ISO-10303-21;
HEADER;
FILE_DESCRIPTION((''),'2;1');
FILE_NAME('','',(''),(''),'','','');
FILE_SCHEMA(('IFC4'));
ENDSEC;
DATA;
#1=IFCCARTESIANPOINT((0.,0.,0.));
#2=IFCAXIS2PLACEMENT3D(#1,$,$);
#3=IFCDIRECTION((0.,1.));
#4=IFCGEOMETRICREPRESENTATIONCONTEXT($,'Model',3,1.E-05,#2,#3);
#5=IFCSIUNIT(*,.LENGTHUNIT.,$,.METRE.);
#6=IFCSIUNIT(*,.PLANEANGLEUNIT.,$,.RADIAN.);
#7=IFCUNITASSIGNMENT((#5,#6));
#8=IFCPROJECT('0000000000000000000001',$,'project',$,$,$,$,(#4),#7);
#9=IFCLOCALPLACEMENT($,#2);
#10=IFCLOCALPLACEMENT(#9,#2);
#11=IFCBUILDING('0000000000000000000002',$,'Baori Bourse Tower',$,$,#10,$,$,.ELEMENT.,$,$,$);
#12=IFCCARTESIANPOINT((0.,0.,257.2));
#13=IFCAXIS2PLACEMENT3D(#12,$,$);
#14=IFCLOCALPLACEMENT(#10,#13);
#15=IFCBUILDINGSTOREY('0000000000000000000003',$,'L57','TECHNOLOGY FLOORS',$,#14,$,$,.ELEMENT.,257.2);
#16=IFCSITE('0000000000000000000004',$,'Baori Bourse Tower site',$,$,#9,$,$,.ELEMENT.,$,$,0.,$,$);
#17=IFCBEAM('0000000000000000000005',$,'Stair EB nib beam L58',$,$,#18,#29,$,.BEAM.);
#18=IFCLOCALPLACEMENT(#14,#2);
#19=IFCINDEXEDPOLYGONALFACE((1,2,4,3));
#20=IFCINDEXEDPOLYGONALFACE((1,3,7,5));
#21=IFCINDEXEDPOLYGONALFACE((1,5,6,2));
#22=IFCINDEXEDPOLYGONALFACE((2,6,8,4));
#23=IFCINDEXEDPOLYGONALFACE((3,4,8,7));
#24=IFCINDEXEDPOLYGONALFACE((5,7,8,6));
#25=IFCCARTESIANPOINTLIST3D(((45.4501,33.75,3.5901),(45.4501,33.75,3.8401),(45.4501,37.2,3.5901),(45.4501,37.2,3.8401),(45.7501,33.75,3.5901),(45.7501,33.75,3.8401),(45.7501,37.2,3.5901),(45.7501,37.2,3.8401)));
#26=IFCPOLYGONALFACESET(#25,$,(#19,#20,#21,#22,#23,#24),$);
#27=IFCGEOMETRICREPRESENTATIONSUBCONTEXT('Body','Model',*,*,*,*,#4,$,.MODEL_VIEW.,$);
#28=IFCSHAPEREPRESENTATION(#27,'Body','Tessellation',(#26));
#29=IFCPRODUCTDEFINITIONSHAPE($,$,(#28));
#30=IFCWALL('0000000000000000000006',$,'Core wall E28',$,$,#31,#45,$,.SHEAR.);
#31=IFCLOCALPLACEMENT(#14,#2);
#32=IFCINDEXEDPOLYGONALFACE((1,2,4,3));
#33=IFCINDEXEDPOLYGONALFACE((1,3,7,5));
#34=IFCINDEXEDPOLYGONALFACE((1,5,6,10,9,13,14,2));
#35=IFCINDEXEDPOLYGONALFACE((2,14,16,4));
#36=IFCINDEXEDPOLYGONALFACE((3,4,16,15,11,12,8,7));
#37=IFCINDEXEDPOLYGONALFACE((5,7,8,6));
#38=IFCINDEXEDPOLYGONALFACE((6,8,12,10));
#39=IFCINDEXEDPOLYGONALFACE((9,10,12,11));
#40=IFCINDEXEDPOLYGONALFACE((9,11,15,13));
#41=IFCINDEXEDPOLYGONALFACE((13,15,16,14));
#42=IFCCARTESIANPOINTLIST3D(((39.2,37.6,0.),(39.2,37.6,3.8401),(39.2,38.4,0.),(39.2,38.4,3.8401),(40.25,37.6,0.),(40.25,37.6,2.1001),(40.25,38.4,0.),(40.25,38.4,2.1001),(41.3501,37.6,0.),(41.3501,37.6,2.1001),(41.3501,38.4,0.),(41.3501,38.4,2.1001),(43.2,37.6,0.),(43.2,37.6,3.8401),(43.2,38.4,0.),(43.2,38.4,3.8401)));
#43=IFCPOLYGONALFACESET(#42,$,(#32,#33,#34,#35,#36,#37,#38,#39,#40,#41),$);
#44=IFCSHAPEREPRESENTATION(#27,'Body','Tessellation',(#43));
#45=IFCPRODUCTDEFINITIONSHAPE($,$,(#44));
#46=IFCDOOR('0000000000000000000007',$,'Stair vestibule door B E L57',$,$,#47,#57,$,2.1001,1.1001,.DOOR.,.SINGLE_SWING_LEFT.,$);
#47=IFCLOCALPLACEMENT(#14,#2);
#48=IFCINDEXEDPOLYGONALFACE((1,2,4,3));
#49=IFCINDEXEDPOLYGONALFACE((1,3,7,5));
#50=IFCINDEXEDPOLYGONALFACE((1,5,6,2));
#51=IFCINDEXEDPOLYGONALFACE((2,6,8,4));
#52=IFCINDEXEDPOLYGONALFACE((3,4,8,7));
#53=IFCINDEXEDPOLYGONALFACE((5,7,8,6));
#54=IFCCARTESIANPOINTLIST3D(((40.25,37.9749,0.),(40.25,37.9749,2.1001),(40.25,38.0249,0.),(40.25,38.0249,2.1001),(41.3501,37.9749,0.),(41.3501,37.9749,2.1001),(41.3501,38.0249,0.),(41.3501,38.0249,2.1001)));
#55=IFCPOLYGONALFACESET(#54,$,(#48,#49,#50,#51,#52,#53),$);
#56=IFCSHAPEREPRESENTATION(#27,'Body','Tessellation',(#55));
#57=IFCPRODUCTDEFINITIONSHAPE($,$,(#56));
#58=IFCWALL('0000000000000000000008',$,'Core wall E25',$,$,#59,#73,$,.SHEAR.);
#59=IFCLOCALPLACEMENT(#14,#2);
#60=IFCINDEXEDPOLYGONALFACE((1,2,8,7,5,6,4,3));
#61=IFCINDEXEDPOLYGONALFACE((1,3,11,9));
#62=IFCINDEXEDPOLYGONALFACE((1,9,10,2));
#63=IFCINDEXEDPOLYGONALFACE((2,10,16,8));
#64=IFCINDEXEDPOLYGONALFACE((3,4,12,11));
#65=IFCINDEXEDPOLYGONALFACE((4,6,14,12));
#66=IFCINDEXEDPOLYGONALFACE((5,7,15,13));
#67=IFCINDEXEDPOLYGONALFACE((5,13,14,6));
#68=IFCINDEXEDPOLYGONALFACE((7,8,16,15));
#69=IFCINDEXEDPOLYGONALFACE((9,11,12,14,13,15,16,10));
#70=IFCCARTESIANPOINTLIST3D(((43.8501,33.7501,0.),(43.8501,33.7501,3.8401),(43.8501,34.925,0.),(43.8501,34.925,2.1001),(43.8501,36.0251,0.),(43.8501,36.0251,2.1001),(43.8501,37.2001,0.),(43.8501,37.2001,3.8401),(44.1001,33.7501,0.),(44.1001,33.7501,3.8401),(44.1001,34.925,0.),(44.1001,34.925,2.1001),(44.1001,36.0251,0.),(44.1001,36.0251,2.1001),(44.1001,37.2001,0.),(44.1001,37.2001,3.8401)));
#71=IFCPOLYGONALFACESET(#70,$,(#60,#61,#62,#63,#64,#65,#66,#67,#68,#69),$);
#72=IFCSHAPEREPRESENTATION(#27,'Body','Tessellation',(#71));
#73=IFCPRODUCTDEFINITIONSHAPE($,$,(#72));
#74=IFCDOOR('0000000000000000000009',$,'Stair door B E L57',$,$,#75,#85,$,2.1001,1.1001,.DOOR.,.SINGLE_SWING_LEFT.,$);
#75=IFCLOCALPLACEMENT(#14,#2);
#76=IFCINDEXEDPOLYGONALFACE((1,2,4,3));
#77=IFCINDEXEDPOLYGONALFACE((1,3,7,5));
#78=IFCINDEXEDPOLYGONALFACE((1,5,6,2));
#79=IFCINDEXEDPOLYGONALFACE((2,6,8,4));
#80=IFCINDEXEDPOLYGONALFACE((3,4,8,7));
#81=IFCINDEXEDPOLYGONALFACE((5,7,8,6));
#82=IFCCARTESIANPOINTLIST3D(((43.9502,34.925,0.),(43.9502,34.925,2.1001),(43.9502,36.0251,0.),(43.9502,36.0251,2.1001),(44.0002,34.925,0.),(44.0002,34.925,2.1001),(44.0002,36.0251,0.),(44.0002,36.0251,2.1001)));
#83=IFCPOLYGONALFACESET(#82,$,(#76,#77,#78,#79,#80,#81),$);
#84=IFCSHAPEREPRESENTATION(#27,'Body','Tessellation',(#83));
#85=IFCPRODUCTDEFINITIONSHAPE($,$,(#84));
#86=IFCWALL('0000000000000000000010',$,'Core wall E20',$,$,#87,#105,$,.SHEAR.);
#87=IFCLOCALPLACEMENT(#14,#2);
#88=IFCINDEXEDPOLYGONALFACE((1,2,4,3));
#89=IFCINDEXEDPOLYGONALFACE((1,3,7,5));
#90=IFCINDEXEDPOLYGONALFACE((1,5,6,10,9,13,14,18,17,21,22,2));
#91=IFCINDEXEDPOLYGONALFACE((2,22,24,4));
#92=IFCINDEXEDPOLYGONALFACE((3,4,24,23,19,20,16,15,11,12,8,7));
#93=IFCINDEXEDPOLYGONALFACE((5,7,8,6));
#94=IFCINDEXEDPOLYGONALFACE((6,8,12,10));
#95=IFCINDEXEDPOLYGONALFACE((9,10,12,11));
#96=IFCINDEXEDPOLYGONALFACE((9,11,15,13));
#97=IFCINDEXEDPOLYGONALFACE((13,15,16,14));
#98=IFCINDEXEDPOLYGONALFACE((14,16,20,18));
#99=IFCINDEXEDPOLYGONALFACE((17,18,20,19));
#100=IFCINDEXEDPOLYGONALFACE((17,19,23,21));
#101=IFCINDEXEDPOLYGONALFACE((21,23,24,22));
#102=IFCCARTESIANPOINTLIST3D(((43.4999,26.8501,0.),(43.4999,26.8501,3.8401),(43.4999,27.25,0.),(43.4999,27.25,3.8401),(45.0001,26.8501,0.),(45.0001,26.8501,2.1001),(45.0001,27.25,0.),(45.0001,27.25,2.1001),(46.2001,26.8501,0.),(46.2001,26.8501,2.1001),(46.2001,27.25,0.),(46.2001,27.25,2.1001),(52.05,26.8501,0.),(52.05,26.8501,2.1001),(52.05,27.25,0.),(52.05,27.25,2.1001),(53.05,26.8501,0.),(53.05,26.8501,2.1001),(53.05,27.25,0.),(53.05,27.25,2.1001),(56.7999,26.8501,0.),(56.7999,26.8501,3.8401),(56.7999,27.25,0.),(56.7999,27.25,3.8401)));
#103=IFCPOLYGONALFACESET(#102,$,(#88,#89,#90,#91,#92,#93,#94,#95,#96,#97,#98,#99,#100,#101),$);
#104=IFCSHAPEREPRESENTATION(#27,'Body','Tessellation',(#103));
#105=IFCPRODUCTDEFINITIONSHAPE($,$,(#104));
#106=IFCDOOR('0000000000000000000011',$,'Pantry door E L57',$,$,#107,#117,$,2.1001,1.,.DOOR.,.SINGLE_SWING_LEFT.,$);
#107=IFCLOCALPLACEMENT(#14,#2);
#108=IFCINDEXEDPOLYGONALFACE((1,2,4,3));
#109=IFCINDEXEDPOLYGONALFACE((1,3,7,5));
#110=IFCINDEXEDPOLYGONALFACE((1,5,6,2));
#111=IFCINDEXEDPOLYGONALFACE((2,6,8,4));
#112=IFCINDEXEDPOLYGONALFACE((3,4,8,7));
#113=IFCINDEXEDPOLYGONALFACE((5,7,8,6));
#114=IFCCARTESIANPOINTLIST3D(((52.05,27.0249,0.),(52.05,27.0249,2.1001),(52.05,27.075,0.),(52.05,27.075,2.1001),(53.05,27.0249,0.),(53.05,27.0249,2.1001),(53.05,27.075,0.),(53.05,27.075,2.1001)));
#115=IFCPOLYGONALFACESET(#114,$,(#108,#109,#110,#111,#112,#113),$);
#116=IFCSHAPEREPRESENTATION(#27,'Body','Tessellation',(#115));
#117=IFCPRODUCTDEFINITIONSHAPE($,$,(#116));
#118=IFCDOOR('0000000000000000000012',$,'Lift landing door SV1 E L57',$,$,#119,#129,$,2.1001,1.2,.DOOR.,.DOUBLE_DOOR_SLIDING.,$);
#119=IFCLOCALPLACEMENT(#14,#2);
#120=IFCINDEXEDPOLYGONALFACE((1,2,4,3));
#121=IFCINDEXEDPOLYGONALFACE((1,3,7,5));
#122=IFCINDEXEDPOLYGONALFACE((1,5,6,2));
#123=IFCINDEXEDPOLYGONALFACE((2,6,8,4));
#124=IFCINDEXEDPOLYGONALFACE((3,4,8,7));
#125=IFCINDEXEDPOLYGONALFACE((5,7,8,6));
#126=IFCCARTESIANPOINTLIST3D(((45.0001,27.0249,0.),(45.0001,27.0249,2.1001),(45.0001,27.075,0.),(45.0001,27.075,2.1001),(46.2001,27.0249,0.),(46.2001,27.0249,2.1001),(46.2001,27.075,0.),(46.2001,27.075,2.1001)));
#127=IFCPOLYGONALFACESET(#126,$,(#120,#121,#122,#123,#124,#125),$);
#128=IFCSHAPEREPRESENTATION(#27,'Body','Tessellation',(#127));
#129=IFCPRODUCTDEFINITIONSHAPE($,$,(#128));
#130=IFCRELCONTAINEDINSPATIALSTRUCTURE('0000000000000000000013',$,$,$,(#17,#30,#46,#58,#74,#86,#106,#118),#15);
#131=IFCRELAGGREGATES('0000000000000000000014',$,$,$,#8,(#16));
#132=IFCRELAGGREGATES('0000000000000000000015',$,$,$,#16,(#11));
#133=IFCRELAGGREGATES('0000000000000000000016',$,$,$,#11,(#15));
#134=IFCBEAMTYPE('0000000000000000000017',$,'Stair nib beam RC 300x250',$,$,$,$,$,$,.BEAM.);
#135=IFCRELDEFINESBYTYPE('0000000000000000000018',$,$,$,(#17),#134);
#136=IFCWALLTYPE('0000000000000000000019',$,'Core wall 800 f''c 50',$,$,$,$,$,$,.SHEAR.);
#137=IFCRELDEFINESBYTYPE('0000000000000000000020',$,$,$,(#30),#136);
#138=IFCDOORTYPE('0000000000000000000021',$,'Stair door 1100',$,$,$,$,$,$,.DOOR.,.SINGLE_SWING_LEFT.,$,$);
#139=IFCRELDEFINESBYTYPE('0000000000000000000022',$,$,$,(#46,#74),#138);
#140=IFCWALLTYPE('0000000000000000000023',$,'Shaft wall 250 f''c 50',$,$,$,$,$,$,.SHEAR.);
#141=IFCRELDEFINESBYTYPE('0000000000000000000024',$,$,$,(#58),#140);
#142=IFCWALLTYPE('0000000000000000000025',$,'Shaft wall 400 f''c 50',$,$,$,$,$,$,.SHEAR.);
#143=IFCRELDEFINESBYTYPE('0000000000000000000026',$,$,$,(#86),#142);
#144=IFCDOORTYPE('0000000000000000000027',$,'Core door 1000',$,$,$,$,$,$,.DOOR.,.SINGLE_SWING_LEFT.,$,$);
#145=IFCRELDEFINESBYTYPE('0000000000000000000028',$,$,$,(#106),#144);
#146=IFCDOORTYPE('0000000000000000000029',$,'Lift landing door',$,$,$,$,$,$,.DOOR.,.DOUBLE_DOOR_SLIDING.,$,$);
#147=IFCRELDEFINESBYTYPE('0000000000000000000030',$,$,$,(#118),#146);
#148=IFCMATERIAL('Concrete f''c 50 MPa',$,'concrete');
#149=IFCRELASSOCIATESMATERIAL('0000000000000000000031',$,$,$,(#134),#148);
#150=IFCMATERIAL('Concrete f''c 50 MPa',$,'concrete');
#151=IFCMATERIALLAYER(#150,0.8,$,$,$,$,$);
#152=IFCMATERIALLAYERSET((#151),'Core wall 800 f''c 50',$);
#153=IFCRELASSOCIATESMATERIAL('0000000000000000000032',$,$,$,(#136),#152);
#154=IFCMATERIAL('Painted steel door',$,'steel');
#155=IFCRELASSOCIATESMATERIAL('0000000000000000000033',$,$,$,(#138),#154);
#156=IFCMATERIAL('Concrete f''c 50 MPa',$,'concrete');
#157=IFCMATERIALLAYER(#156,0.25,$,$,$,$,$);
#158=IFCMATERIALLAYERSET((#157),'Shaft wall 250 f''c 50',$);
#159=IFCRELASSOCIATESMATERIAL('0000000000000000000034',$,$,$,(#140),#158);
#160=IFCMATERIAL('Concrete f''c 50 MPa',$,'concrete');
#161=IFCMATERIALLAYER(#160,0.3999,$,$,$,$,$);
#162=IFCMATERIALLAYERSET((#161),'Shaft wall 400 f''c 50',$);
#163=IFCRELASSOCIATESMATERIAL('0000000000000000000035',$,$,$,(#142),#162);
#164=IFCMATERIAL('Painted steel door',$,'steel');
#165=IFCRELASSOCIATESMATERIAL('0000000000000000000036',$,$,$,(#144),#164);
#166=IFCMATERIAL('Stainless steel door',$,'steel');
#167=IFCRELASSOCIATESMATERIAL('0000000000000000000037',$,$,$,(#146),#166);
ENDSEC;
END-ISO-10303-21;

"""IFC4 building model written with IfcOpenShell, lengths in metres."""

from ifc_helpers import new_model, si_unit, direction, frame, frame_2d, origin, origin_2d, place, context, subcontext, project, spatial, rectangle, extrude, material, layer, layer_set, material_profile, profile_set, type_object, element, fill, save


model = new_model("IFC4")

# Units and contexts
model_context = context("Model", 3, precision=1e-05, world=origin(), true_north=direction((0.0, 1.0)))
body_context = subcontext(model_context, "Body", "Model", "MODEL_VIEW")
ifc_project = project(units=[si_unit("LENGTHUNIT", "METRE"), si_unit("PLANEANGLEUNIT", "RADIAN")], contexts=[model_context])

# Site, building, storey
site_placement = place(None, origin())
site = spatial("IfcSite", under=ifc_project, at=site_placement, Name="Baori Bourse Tower site", CompositionType="ELEMENT", RefElevation=0.0)
building_placement = place(site_placement, origin())
building = spatial("IfcBuilding", under=site, at=building_placement, Name="Baori Bourse Tower", CompositionType="ELEMENT")
storey_placement = place(building_placement, frame((0.0, 0.0, 257.2)))
storey = spatial("IfcBuildingStorey", under=building, at=storey_placement, Name="L57", Description="TECHNOLOGY FLOORS", CompositionType="ELEMENT", Elevation=257.2)

# Beam
ifc_material_1 = material(Name="Concrete f'c 50 MPa", Category="concrete")
ifc_material_profile = material_profile(ifc_material_1, rectangle(XDim=0.3, YDim=0.25, at=origin_2d()), Name="RC 300x250")
ifc_profile_set = profile_set([ifc_material_profile], Name="Concrete f'c 50 MPa")
beam_type = type_object("IfcBeamType", Name="Stair nib beam RC 300x250", PredefinedType="BEAM", material=ifc_profile_set)
beam_placement = place(storey_placement, frame((45.6001, 33.75, 3.7151), z_axis=(0.0, 1.0, 0.0), x_axis=(-1.0, 0.0, 0.0)))
element("IfcBeam", 1, at=beam_placement, inside=storey, type_object=beam_type, Name="Stair EB nib beam L58", PredefinedType="BEAM", context=body_context, shape_type="SweptSolid", body=[
    extrude(rectangle(XDim=0.3, YDim=0.25, at=origin_2d()), origin(), (0.0, 0.0, 1.0), 3.45),
])

# Walls, openings, doors
ifc_material_2 = material(Name="Concrete f'c 50 MPa", Category="concrete")
ifc_layer_1 = layer(ifc_material_2, 0.8)
ifc_layer_set_1 = layer_set([ifc_layer_1], Name="Core wall 800 f'c 50")
wall_type_1 = type_object("IfcWallType", Name="Core wall 800 f'c 50", PredefinedType="SHEAR", material=ifc_layer_set_1)
wall_1_placement = place(storey_placement, frame((39.2, 38.0, 0.0), z_axis=(0.0, 0.0, 1.0), x_axis=(1.0, 0.0, 0.0)))
wall_1 = element("IfcWall", 2, at=wall_1_placement, inside=storey, type_object=wall_type_1, Name="Core wall E28", PredefinedType="SHEAR", context=body_context, shape_type="SweptSolid", body=[
    extrude(rectangle(XDim=4.0, YDim=0.8, at=frame_2d((2.0, 0.0))), origin(), (0.0, 0.0, 1.0), 3.8401),
])
opening_1_placement = place(wall_1_placement, frame((1.05, 0.0, 0.0)))
opening_1 = element("IfcOpeningElement", 3, at=opening_1_placement, cuts=wall_1, PredefinedType="OPENING", context=body_context, shape_type="SweptSolid", body=[
    extrude(rectangle(XDim=1.1001, YDim=2.1001, at=frame_2d((0.55, 1.05))), frame((0.0, 0.4099, 0.0), z_axis=(0.0, -1.0, 0.0), x_axis=(1.0, 0.0, 0.0)), (0.0, 0.0, 1.0), 0.8201),
])
ifc_material_3 = material(Name="Painted steel door", Category="steel")
door_type_1 = type_object("IfcDoorType", Name="Stair door 1100", OperationType="SINGLE_SWING_LEFT", PredefinedType="DOOR", material=ifc_material_3)
door_1_placement = place(opening_1_placement, origin())
door_1 = element("IfcDoor", 4, at=door_1_placement, inside=storey, type_object=door_type_1, Name="Stair vestibule door B E L57", OperationType="SINGLE_SWING_LEFT", OverallHeight=2.1001, OverallWidth=1.1001, PredefinedType="DOOR", context=body_context, shape_type="SweptSolid", body=[
    extrude(rectangle(XDim=1.1001, YDim=2.1001, at=frame_2d((0.55, 1.05))), frame((0.0, 0.0249, 0.0), z_axis=(0.0, -1.0, 0.0), x_axis=(1.0, 0.0, 0.0)), (0.0, 0.0, 1.0), 0.05),
])
fill(opening_1, door_1)
ifc_material_4 = material(Name="Concrete f'c 50 MPa", Category="concrete")
ifc_layer_2 = layer(ifc_material_4, 0.25)
ifc_layer_set_2 = layer_set([ifc_layer_2], Name="Shaft wall 250 f'c 50")
wall_type_2 = type_object("IfcWallType", Name="Shaft wall 250 f'c 50", PredefinedType="SHEAR", material=ifc_layer_set_2)
wall_2_placement = place(storey_placement, frame((43.9751, 33.75, 0.0), z_axis=(0.0, 0.0, 1.0), x_axis=(0.0, 1.0, 0.0)))
wall_2 = element("IfcWall", 5, at=wall_2_placement, inside=storey, type_object=wall_type_2, Name="Core wall E25", PredefinedType="SHEAR", context=body_context, shape_type="SweptSolid", body=[
    extrude(rectangle(XDim=3.45, YDim=0.25, at=frame_2d((1.7251, 0.0))), origin(), (0.0, 0.0, 1.0), 3.8401),
])
opening_2_placement = place(wall_2_placement, frame((1.175, 0.0, 0.0)))
opening_2 = element("IfcOpeningElement", 6, at=opening_2_placement, cuts=wall_2, PredefinedType="OPENING", context=body_context, shape_type="SweptSolid", body=[
    extrude(rectangle(XDim=1.1001, YDim=2.1001, at=frame_2d((0.55, 1.05))), frame((0.0, 0.135, 0.0), z_axis=(0.0, -1.0, 0.0), x_axis=(1.0, 0.0, 0.0)), (0.0, 0.0, 1.0), 0.27),
])
door_2_placement = place(opening_2_placement, origin())
door_2 = element("IfcDoor", 7, at=door_2_placement, inside=storey, type_object=door_type_1, Name="Stair door B E L57", OperationType="SINGLE_SWING_LEFT", OverallHeight=2.1001, OverallWidth=1.1001, PredefinedType="DOOR", context=body_context, shape_type="SweptSolid", body=[
    extrude(rectangle(XDim=1.1001, YDim=2.1001, at=frame_2d((0.55, 1.05))), frame((0.0, 0.0249, 0.0), z_axis=(0.0, -1.0, 0.0), x_axis=(1.0, 0.0, 0.0)), (0.0, 0.0, 1.0), 0.05),
])
fill(opening_2, door_2)

# Wall, openings, doors
ifc_material_5 = material(Name="Concrete f'c 50 MPa", Category="concrete")
ifc_layer_3 = layer(ifc_material_5, 0.3999)
ifc_layer_set_3 = layer_set([ifc_layer_3], Name="Shaft wall 400 f'c 50")
wall_type_3 = type_object("IfcWallType", Name="Shaft wall 400 f'c 50", PredefinedType="SHEAR", material=ifc_layer_set_3)
wall_3_placement = place(storey_placement, frame((43.5, 27.05, 0.0), z_axis=(0.0, 0.0, 1.0), x_axis=(1.0, 0.0, 0.0)))
wall_3 = element("IfcWall", 8, at=wall_3_placement, inside=storey, type_object=wall_type_3, Name="Core wall E20", PredefinedType="SHEAR", context=body_context, shape_type="SweptSolid", body=[
    extrude(rectangle(XDim=13.3, YDim=0.3999, at=frame_2d((6.6499, 0.0))), origin(), (0.0, 0.0, 1.0), 3.8401),
])
opening_3_placement = place(wall_3_placement, frame((8.55, 0.0, 0.0)))
opening_3 = element("IfcOpeningElement", 9, at=opening_3_placement, cuts=wall_3, PredefinedType="OPENING", context=body_context, shape_type="SweptSolid", body=[
    extrude(rectangle(XDim=1.0, YDim=2.1001, at=frame_2d((0.5, 1.05))), frame((0.0, 0.21, 0.0), z_axis=(0.0, -1.0, 0.0), x_axis=(1.0, 0.0, 0.0)), (0.0, 0.0, 1.0), 0.4199),
])
opening_4_placement = place(wall_3_placement, frame((1.5, 0.0, 0.0)))
opening_4 = element("IfcOpeningElement", 10, at=opening_4_placement, cuts=wall_3, PredefinedType="OPENING", context=body_context, shape_type="SweptSolid", body=[
    extrude(rectangle(XDim=1.2, YDim=2.1001, at=frame_2d((0.6001, 1.05))), frame((0.0, 0.21, 0.0), z_axis=(0.0, -1.0, 0.0), x_axis=(1.0, 0.0, 0.0)), (0.0, 0.0, 1.0), 0.4199),
])
ifc_material_6 = material(Name="Painted steel door", Category="steel")
door_type_2 = type_object("IfcDoorType", Name="Core door 1000", OperationType="SINGLE_SWING_LEFT", PredefinedType="DOOR", material=ifc_material_6)
door_3_placement = place(opening_3_placement, origin())
door_3 = element("IfcDoor", 11, at=door_3_placement, inside=storey, type_object=door_type_2, Name="Pantry door E L57", OperationType="SINGLE_SWING_LEFT", OverallHeight=2.1001, OverallWidth=1.0, PredefinedType="DOOR", context=body_context, shape_type="SweptSolid", body=[
    extrude(rectangle(XDim=1.0, YDim=2.1001, at=frame_2d((0.5, 1.05))), frame((0.0, 0.0249, 0.0), z_axis=(0.0, -1.0, 0.0), x_axis=(1.0, 0.0, 0.0)), (0.0, 0.0, 1.0), 0.05),
])
fill(opening_3, door_3)
ifc_material_7 = material(Name="Stainless steel door", Category="steel")
door_type_3 = type_object("IfcDoorType", Name="Lift landing door", OperationType="DOUBLE_DOOR_SLIDING", PredefinedType="DOOR", material=ifc_material_7)
door_4_placement = place(opening_4_placement, origin())
door_4 = element("IfcDoor", 12, at=door_4_placement, inside=storey, type_object=door_type_3, Name="Lift landing door SV1 E L57", OperationType="DOUBLE_DOOR_SLIDING", OverallHeight=2.1001, OverallWidth=1.2, PredefinedType="DOOR", context=body_context, shape_type="SweptSolid", body=[
    extrude(rectangle(XDim=1.2, YDim=2.1001, at=frame_2d((0.6001, 1.05))), frame((0.0, 0.0249, 0.0), z_axis=(0.0, -1.0, 0.0), x_axis=(1.0, 0.0, 0.0)), (0.0, 0.0, 1.0), 0.05),
])
fill(opening_4, door_4)

save(model, "model.ifc")
